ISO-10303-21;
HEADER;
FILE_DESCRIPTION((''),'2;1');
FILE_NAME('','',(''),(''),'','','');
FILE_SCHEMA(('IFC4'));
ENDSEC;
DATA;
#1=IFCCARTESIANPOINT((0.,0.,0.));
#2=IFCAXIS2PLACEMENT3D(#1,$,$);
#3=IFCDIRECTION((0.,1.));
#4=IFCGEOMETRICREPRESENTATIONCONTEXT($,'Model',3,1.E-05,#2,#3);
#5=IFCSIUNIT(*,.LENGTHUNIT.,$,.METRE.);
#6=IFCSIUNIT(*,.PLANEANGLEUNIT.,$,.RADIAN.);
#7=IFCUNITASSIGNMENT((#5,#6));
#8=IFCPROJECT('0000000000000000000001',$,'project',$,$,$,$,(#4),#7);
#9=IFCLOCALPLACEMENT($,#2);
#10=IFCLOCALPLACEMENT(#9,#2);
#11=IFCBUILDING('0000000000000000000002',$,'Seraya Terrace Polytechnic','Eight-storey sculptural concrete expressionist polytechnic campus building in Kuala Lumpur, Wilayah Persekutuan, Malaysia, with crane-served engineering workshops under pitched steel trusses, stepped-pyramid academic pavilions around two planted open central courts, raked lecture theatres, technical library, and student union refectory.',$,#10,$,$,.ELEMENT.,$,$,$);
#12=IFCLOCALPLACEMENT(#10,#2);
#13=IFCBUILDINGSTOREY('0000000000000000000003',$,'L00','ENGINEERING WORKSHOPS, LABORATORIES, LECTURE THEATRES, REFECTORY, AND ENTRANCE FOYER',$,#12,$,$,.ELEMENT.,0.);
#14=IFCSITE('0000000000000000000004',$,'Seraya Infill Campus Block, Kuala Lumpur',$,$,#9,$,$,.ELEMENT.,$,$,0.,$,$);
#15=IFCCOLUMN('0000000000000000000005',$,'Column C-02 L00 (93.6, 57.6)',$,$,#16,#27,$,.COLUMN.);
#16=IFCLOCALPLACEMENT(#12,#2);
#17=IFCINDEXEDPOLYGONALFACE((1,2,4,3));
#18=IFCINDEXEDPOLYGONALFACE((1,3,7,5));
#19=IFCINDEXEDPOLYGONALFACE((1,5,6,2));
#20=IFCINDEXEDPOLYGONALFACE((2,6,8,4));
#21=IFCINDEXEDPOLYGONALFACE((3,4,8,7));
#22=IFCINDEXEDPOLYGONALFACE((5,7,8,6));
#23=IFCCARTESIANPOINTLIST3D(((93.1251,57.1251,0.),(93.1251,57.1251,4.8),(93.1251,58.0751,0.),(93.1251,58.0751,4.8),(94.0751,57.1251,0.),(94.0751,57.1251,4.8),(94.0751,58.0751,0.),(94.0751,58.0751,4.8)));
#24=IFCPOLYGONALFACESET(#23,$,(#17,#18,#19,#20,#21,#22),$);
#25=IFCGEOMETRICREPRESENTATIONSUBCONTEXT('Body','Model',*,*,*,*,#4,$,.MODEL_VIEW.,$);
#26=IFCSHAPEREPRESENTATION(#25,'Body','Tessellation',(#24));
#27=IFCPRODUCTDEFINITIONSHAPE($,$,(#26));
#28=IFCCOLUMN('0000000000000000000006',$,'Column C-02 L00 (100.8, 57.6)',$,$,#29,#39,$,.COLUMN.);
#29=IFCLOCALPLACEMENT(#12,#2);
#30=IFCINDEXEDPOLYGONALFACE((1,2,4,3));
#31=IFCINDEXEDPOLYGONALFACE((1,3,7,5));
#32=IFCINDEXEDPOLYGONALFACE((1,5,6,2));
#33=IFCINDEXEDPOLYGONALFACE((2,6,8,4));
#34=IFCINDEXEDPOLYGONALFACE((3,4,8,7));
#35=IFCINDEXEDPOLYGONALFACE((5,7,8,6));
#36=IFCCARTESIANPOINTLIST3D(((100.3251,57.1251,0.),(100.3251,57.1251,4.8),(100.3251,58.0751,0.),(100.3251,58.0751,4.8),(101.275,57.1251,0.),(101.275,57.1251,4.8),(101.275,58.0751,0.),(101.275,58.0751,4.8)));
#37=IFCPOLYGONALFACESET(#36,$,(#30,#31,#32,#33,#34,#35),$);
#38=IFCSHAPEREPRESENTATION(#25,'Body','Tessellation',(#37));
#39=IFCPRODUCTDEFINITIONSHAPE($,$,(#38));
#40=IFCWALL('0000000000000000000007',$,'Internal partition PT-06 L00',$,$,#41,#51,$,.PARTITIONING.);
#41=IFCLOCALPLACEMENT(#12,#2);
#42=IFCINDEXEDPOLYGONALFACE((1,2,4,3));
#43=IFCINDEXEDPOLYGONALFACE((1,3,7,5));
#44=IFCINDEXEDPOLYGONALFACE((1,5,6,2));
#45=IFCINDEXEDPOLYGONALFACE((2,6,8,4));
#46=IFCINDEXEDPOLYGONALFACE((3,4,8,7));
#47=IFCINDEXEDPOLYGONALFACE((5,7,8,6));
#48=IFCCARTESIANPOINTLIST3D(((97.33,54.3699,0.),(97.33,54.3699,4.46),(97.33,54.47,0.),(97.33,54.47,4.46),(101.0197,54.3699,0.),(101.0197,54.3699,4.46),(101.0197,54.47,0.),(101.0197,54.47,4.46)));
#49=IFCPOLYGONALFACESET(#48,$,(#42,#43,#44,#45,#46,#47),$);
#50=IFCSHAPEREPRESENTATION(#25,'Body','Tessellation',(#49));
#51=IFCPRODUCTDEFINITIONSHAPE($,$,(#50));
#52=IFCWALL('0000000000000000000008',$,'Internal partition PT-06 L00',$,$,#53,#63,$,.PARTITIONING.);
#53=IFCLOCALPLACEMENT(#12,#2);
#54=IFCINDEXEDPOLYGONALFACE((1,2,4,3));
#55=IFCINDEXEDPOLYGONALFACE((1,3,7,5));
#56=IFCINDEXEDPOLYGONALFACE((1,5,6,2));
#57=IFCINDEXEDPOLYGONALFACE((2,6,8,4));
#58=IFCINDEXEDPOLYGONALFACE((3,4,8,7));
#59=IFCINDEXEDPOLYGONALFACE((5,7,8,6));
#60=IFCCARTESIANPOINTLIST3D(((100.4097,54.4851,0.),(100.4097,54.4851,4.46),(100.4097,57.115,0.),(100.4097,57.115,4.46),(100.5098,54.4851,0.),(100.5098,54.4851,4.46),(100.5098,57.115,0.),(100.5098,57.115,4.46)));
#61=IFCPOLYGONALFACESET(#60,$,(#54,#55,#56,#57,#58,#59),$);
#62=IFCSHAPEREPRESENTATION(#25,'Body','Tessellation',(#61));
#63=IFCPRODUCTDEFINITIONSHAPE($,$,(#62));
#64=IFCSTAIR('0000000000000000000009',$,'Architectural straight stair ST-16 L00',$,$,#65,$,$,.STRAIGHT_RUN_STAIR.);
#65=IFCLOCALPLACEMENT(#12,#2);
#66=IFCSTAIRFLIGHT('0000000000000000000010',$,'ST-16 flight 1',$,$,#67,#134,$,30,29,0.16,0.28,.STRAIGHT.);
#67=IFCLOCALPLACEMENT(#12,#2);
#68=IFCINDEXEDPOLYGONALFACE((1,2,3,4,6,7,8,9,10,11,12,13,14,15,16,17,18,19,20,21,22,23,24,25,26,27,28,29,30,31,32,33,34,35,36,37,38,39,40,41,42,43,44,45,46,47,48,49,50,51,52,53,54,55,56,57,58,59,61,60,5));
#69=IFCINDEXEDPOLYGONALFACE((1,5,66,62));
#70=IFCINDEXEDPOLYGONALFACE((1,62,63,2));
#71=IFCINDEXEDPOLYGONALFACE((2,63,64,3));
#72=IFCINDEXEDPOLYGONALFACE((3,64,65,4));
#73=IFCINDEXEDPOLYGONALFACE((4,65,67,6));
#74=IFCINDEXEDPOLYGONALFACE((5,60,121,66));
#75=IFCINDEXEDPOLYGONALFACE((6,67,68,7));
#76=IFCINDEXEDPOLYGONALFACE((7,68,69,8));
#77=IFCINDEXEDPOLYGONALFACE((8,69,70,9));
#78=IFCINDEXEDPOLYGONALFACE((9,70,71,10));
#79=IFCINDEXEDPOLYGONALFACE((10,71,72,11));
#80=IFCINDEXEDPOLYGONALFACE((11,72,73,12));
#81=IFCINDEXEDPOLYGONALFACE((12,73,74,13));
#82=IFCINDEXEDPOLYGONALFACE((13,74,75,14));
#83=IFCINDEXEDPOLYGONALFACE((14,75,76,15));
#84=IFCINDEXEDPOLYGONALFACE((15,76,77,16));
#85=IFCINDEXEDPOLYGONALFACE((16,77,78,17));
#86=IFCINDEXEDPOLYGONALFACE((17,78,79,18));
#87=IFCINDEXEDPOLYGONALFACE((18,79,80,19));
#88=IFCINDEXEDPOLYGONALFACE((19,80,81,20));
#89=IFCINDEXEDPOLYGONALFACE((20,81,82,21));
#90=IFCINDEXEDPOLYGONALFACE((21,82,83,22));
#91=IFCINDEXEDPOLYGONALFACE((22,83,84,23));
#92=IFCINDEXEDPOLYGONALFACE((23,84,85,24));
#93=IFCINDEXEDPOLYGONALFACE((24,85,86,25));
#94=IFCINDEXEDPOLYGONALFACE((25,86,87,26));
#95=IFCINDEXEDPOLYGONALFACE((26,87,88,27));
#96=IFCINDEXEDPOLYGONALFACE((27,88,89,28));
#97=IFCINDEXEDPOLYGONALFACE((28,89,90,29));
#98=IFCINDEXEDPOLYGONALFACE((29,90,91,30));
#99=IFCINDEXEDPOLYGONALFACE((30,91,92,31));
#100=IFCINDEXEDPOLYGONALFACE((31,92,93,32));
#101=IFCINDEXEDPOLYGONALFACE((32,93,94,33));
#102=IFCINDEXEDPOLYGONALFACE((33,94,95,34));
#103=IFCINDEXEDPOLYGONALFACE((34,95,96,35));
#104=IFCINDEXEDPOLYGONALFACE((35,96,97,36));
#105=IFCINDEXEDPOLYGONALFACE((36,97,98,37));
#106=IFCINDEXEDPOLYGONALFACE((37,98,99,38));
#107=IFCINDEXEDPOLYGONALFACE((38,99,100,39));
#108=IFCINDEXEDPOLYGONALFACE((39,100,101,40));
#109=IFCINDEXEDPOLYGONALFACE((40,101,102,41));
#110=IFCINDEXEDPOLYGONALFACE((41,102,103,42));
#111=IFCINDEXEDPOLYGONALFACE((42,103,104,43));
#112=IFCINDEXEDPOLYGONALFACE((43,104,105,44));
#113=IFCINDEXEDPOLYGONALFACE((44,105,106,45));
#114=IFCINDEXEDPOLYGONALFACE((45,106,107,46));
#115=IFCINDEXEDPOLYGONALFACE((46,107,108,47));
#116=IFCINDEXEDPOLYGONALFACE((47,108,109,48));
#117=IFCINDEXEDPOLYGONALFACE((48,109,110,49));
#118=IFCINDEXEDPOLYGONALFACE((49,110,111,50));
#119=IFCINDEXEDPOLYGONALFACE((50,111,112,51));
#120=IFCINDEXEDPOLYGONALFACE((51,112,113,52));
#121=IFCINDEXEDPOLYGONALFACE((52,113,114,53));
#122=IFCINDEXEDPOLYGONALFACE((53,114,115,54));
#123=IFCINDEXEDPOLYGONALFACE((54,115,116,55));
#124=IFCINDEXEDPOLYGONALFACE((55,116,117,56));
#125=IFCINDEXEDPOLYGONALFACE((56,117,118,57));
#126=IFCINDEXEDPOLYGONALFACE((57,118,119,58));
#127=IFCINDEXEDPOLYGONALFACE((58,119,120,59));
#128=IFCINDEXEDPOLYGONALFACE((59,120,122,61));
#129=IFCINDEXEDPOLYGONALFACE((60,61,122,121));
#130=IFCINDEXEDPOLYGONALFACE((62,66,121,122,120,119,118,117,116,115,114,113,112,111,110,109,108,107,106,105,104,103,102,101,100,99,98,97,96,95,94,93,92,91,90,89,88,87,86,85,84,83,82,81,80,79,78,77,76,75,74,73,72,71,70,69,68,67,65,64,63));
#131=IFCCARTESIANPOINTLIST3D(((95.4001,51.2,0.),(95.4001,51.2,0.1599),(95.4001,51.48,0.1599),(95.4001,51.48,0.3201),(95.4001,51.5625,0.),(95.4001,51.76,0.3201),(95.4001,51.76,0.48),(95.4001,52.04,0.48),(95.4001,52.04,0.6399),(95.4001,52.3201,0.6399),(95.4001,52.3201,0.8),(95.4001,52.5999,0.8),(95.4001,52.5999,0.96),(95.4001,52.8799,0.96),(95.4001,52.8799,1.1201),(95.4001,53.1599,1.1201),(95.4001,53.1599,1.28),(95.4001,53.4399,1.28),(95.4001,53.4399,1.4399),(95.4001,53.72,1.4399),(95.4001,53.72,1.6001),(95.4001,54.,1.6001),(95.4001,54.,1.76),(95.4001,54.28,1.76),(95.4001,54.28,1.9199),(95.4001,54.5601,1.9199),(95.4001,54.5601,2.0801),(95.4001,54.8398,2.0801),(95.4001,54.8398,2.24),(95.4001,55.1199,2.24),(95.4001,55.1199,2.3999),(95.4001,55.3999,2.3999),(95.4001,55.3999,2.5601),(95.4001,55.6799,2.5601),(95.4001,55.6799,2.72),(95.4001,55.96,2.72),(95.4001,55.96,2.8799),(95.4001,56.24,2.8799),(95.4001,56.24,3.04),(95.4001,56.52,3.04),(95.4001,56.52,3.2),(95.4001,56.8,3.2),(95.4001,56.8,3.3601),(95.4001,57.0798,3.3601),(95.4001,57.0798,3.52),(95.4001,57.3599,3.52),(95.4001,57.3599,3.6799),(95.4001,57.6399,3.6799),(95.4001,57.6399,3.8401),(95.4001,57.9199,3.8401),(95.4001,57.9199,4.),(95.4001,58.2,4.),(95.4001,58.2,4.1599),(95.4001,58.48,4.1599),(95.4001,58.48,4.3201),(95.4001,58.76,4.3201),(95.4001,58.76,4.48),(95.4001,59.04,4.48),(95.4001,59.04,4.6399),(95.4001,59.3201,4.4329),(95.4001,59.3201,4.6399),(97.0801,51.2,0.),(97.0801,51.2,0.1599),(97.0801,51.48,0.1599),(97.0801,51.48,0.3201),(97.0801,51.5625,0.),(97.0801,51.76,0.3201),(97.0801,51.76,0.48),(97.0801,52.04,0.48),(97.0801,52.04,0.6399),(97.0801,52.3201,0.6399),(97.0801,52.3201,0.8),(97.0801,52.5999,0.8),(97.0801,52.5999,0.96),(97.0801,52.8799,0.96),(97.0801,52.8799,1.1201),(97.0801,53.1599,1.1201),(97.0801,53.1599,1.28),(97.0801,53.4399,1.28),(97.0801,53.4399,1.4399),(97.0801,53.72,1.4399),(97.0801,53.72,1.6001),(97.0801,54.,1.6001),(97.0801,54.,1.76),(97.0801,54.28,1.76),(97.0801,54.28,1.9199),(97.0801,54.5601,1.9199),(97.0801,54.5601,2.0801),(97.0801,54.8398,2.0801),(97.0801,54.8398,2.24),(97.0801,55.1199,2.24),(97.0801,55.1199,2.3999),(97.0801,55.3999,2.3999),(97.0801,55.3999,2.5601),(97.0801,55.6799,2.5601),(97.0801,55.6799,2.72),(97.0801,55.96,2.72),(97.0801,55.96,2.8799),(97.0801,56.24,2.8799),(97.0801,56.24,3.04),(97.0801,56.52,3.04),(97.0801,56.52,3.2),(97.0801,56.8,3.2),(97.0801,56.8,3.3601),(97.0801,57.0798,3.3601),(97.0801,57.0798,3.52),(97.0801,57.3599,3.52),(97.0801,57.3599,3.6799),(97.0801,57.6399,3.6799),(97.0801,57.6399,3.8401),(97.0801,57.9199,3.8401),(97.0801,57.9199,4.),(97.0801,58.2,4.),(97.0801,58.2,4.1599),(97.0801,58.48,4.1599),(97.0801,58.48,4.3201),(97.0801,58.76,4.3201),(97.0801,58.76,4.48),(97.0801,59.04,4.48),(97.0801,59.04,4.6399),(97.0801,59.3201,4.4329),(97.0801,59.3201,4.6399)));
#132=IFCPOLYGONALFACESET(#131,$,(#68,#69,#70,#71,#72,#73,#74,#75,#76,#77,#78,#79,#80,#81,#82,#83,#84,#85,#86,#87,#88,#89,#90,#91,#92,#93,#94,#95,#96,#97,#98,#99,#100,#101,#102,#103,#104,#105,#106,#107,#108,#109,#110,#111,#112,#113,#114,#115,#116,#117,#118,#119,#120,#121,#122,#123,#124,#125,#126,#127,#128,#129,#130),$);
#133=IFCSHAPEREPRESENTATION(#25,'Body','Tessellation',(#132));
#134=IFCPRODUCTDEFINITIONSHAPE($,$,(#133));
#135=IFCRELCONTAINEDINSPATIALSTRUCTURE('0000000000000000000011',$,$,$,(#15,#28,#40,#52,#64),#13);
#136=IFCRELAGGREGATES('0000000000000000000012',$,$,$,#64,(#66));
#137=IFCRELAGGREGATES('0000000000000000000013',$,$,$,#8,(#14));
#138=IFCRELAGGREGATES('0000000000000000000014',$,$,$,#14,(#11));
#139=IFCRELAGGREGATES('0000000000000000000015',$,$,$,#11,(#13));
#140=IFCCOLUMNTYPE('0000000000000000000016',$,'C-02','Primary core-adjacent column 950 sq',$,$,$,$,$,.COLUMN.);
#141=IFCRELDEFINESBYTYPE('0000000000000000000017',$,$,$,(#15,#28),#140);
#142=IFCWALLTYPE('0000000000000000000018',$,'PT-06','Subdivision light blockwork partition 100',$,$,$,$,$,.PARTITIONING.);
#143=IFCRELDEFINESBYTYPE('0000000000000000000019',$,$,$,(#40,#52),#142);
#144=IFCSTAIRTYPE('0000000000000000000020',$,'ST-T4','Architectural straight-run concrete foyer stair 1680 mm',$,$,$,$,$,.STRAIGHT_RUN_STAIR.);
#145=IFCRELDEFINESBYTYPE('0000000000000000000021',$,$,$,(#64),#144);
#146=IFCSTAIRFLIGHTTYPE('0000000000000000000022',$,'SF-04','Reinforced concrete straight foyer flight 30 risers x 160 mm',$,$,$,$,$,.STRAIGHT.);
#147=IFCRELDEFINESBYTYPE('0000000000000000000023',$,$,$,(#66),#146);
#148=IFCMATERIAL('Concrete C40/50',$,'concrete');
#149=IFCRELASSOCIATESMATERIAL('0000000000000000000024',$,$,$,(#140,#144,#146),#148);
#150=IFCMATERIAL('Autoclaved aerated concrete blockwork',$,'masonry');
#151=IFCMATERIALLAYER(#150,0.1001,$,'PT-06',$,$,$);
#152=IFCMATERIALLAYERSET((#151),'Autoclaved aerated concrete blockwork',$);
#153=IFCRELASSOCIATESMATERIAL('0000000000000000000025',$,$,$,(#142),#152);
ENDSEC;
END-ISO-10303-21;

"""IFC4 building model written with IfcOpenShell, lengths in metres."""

from ifc_helpers import new_model, si_unit, direction, frame, frame_2d, origin, origin_2d, place, context, subcontext, project, spatial, polyline, rectangle, outline, extrude, material, layer, layer_set, material_profile, profile_set, type_object, element, aggregate, save


model = new_model("IFC4")

# Units and contexts
model_context = context("Model", 3, precision=1e-05, world=origin(), true_north=direction((0.0, 1.0)))
body_context = subcontext(model_context, "Body", "Model", "MODEL_VIEW")
ifc_project = project(units=[si_unit("LENGTHUNIT", "METRE"), si_unit("PLANEANGLEUNIT", "RADIAN")], contexts=[model_context])

# Site, building, storey
site_placement = place(None, origin())
site = spatial("IfcSite", under=ifc_project, at=site_placement, Name="Seraya Infill Campus Block, Kuala Lumpur", CompositionType="ELEMENT", RefElevation=0.0)
building_placement = place(site_placement, origin())
building = spatial("IfcBuilding", under=site, at=building_placement, Name="Seraya Terrace Polytechnic", Description="Eight-storey sculptural concrete expressionist polytechnic campus building in Kuala Lumpur, Wilayah Persekutuan, Malaysia, with crane-served engineering workshops under pitched steel trusses, stepped-pyramid academic pavilions around two planted open central courts, raked lecture theatres, technical library, and student union refectory.", CompositionType="ELEMENT")
storey_placement = place(building_placement, origin())
storey = spatial("IfcBuildingStorey", under=building, at=storey_placement, Name="L00", Description="ENGINEERING WORKSHOPS, LABORATORIES, LECTURE THEATRES, REFECTORY, AND ENTRANCE FOYER", CompositionType="ELEMENT", Elevation=0.0)

# Shared definitions
ifc_material_1 = material(Name="Concrete C40/50", Category="concrete")

# Columns
ifc_material_profile_1 = material_profile(ifc_material_1, rectangle(XDim=0.95, YDim=0.95, at=origin_2d()), Name="RC 950x950")
ifc_profile_set_1 = profile_set([ifc_material_profile_1], Name="Concrete C40/50")
column_type_1 = type_object("IfcColumnType", Name="C-02", Description="Primary core-adjacent column 950 sq", PredefinedType="COLUMN", material=ifc_profile_set_1)
for number, where, z_axis, x_axis, name in (
    (1, (93.6001, 57.6001, 0.0), (0.0, 0.0, 1.0), (1.0, 0.0, 0.0), "Column C-02 L00 (93.6, 57.6)"),
    (2, (100.8, 57.6001, 0.0), (0.0, 0.0, 1.0), (1.0, 0.0, 0.0), "Column C-02 L00 (100.8, 57.6)"),
):
    element("IfcColumn", number, at=place(storey_placement, frame(where, z_axis=z_axis, x_axis=x_axis)), inside=storey, type_object=column_type_1, Name=name, PredefinedType="COLUMN", context=body_context, shape_type="SweptSolid", body=[
        extrude(rectangle(XDim=0.95, YDim=0.95, at=origin_2d()), origin(), (0.0, 0.0, 1.0), 4.8),
    ])

# Walls
ifc_material_2 = material(Name="Autoclaved aerated concrete blockwork", Category="masonry")
ifc_layer = layer(ifc_material_2, 0.1001, Name="PT-06")
ifc_layer_set = layer_set([ifc_layer], Name="Autoclaved aerated concrete blockwork")
wall_type = type_object("IfcWallType", Name="PT-06", Description="Subdivision light blockwork partition 100", PredefinedType="PARTITIONING", material=ifc_layer_set)
wall_1_placement = place(storey_placement, frame((97.3301, 54.4199, 0.0), z_axis=(0.0, 0.0, 1.0), x_axis=(1.0, 0.0, 0.0)))
element("IfcWall", 3, at=wall_1_placement, inside=storey, type_object=wall_type, Name="Internal partition PT-06 L00", PredefinedType="PARTITIONING", context=body_context, shape_type="SweptSolid", body=[
    extrude(rectangle(XDim=3.6897, YDim=0.1001, at=frame_2d((1.8447, 0.0))), origin(), (0.0, 0.0, 1.0), 4.46),
])
wall_2_placement = place(storey_placement, frame((100.4597, 54.4851, 0.0), z_axis=(0.0, 0.0, 1.0), x_axis=(0.0, 1.0, 0.0)))
element("IfcWall", 4, at=wall_2_placement, inside=storey, type_object=wall_type, Name="Internal partition PT-06 L00", PredefinedType="PARTITIONING", context=body_context, shape_type="SweptSolid", body=[
    extrude(rectangle(XDim=2.6299, YDim=0.1001, at=frame_2d((1.3149, 0.0))), origin(), (0.0, 0.0, 1.0), 4.46),
])

# Stair, stair flight
stair_type = type_object("IfcStairType", Name="ST-T4", Description="Architectural straight-run concrete foyer stair 1680 mm", PredefinedType="STRAIGHT_RUN_STAIR", material=ifc_material_1)
stair_placement = place(storey_placement, origin())
stair = element("IfcStair", 5, at=stair_placement, inside=storey, type_object=stair_type, Name="Architectural straight stair ST-16 L00", PredefinedType="STRAIGHT_RUN_STAIR")
stair_flight_type = type_object("IfcStairFlightType", Name="SF-04", Description="Reinforced concrete straight foyer flight 30 risers x 160 mm", PredefinedType="STRAIGHT", material=ifc_material_1)
stair_flight_placement = place(storey_placement, frame((96.24, 51.2, 0.0), z_axis=(0.0, 0.0, 1.0), x_axis=(0.0, 1.0, 0.0)))
stair_flight = element("IfcStairFlight", 6, at=stair_flight_placement, type_object=stair_flight_type, Name="ST-16 flight 1", NumberOfRisers=30, NumberOfTreads=29, PredefinedType="STRAIGHT", RiserHeight=0.16, TreadLength=0.28, context=body_context, shape_type="SweptSolid", body=[
    extrude(outline(polyline([(0.0, 0.0), (0.0, 0.1599), (0.28, 0.1599), (0.28, 0.3201), (0.5601, 0.3201), (0.5601, 0.48), (0.8401, 0.48), (0.8401, 0.6399), (1.1201, 0.6399), (1.1201, 0.8), (1.3999, 0.8), (1.3999, 0.96), (1.6799, 0.96), (1.6799, 1.1201), (1.96, 1.1201), (1.96, 1.28), (2.24, 1.28), (2.24, 1.4399), (2.52, 1.4399), (2.52, 1.6001), (2.8, 1.6001), (2.8, 1.76), (3.0801, 1.76), (3.0801, 1.9199), (3.3601, 1.9199), (3.3601, 2.0801), (3.6399, 2.0801), (3.6399, 2.24), (3.9199, 2.24), (3.9199, 2.3999), (4.2, 2.3999), (4.2, 2.5601), (4.48, 2.5601), (4.48, 2.72), (4.76, 2.72), (4.76, 2.8799), (5.04, 2.8799), (5.04, 3.04), (5.3201, 3.04), (5.3201, 3.2), (5.6001, 3.2), (5.6001, 3.3601), (5.8799, 3.3601), (5.8799, 3.52), (6.1599, 3.52), (6.1599, 3.6799), (6.4399, 3.6799), (6.4399, 3.8401), (6.72, 3.8401), (6.72, 4.0), (7.0, 4.0), (7.0, 4.1599), (7.28, 4.1599), (7.28, 4.3201), (7.5601, 4.3201), (7.5601, 4.48), (7.8401, 4.48), (7.8401, 4.6399), (8.1201, 4.6399), (8.1201, 4.8), (8.1201, 4.4329), (0.3625, 0.0), (0.0, 0.0)])), frame((0.0, 0.8398, 0.0), z_axis=(0.0, -1.0, 0.0), x_axis=(1.0, 0.0, 0.0)), (0.0, 0.0, 1.0), 1.6799),
])
aggregate(stair, [stair_flight])

save(model, "model.ifc")
